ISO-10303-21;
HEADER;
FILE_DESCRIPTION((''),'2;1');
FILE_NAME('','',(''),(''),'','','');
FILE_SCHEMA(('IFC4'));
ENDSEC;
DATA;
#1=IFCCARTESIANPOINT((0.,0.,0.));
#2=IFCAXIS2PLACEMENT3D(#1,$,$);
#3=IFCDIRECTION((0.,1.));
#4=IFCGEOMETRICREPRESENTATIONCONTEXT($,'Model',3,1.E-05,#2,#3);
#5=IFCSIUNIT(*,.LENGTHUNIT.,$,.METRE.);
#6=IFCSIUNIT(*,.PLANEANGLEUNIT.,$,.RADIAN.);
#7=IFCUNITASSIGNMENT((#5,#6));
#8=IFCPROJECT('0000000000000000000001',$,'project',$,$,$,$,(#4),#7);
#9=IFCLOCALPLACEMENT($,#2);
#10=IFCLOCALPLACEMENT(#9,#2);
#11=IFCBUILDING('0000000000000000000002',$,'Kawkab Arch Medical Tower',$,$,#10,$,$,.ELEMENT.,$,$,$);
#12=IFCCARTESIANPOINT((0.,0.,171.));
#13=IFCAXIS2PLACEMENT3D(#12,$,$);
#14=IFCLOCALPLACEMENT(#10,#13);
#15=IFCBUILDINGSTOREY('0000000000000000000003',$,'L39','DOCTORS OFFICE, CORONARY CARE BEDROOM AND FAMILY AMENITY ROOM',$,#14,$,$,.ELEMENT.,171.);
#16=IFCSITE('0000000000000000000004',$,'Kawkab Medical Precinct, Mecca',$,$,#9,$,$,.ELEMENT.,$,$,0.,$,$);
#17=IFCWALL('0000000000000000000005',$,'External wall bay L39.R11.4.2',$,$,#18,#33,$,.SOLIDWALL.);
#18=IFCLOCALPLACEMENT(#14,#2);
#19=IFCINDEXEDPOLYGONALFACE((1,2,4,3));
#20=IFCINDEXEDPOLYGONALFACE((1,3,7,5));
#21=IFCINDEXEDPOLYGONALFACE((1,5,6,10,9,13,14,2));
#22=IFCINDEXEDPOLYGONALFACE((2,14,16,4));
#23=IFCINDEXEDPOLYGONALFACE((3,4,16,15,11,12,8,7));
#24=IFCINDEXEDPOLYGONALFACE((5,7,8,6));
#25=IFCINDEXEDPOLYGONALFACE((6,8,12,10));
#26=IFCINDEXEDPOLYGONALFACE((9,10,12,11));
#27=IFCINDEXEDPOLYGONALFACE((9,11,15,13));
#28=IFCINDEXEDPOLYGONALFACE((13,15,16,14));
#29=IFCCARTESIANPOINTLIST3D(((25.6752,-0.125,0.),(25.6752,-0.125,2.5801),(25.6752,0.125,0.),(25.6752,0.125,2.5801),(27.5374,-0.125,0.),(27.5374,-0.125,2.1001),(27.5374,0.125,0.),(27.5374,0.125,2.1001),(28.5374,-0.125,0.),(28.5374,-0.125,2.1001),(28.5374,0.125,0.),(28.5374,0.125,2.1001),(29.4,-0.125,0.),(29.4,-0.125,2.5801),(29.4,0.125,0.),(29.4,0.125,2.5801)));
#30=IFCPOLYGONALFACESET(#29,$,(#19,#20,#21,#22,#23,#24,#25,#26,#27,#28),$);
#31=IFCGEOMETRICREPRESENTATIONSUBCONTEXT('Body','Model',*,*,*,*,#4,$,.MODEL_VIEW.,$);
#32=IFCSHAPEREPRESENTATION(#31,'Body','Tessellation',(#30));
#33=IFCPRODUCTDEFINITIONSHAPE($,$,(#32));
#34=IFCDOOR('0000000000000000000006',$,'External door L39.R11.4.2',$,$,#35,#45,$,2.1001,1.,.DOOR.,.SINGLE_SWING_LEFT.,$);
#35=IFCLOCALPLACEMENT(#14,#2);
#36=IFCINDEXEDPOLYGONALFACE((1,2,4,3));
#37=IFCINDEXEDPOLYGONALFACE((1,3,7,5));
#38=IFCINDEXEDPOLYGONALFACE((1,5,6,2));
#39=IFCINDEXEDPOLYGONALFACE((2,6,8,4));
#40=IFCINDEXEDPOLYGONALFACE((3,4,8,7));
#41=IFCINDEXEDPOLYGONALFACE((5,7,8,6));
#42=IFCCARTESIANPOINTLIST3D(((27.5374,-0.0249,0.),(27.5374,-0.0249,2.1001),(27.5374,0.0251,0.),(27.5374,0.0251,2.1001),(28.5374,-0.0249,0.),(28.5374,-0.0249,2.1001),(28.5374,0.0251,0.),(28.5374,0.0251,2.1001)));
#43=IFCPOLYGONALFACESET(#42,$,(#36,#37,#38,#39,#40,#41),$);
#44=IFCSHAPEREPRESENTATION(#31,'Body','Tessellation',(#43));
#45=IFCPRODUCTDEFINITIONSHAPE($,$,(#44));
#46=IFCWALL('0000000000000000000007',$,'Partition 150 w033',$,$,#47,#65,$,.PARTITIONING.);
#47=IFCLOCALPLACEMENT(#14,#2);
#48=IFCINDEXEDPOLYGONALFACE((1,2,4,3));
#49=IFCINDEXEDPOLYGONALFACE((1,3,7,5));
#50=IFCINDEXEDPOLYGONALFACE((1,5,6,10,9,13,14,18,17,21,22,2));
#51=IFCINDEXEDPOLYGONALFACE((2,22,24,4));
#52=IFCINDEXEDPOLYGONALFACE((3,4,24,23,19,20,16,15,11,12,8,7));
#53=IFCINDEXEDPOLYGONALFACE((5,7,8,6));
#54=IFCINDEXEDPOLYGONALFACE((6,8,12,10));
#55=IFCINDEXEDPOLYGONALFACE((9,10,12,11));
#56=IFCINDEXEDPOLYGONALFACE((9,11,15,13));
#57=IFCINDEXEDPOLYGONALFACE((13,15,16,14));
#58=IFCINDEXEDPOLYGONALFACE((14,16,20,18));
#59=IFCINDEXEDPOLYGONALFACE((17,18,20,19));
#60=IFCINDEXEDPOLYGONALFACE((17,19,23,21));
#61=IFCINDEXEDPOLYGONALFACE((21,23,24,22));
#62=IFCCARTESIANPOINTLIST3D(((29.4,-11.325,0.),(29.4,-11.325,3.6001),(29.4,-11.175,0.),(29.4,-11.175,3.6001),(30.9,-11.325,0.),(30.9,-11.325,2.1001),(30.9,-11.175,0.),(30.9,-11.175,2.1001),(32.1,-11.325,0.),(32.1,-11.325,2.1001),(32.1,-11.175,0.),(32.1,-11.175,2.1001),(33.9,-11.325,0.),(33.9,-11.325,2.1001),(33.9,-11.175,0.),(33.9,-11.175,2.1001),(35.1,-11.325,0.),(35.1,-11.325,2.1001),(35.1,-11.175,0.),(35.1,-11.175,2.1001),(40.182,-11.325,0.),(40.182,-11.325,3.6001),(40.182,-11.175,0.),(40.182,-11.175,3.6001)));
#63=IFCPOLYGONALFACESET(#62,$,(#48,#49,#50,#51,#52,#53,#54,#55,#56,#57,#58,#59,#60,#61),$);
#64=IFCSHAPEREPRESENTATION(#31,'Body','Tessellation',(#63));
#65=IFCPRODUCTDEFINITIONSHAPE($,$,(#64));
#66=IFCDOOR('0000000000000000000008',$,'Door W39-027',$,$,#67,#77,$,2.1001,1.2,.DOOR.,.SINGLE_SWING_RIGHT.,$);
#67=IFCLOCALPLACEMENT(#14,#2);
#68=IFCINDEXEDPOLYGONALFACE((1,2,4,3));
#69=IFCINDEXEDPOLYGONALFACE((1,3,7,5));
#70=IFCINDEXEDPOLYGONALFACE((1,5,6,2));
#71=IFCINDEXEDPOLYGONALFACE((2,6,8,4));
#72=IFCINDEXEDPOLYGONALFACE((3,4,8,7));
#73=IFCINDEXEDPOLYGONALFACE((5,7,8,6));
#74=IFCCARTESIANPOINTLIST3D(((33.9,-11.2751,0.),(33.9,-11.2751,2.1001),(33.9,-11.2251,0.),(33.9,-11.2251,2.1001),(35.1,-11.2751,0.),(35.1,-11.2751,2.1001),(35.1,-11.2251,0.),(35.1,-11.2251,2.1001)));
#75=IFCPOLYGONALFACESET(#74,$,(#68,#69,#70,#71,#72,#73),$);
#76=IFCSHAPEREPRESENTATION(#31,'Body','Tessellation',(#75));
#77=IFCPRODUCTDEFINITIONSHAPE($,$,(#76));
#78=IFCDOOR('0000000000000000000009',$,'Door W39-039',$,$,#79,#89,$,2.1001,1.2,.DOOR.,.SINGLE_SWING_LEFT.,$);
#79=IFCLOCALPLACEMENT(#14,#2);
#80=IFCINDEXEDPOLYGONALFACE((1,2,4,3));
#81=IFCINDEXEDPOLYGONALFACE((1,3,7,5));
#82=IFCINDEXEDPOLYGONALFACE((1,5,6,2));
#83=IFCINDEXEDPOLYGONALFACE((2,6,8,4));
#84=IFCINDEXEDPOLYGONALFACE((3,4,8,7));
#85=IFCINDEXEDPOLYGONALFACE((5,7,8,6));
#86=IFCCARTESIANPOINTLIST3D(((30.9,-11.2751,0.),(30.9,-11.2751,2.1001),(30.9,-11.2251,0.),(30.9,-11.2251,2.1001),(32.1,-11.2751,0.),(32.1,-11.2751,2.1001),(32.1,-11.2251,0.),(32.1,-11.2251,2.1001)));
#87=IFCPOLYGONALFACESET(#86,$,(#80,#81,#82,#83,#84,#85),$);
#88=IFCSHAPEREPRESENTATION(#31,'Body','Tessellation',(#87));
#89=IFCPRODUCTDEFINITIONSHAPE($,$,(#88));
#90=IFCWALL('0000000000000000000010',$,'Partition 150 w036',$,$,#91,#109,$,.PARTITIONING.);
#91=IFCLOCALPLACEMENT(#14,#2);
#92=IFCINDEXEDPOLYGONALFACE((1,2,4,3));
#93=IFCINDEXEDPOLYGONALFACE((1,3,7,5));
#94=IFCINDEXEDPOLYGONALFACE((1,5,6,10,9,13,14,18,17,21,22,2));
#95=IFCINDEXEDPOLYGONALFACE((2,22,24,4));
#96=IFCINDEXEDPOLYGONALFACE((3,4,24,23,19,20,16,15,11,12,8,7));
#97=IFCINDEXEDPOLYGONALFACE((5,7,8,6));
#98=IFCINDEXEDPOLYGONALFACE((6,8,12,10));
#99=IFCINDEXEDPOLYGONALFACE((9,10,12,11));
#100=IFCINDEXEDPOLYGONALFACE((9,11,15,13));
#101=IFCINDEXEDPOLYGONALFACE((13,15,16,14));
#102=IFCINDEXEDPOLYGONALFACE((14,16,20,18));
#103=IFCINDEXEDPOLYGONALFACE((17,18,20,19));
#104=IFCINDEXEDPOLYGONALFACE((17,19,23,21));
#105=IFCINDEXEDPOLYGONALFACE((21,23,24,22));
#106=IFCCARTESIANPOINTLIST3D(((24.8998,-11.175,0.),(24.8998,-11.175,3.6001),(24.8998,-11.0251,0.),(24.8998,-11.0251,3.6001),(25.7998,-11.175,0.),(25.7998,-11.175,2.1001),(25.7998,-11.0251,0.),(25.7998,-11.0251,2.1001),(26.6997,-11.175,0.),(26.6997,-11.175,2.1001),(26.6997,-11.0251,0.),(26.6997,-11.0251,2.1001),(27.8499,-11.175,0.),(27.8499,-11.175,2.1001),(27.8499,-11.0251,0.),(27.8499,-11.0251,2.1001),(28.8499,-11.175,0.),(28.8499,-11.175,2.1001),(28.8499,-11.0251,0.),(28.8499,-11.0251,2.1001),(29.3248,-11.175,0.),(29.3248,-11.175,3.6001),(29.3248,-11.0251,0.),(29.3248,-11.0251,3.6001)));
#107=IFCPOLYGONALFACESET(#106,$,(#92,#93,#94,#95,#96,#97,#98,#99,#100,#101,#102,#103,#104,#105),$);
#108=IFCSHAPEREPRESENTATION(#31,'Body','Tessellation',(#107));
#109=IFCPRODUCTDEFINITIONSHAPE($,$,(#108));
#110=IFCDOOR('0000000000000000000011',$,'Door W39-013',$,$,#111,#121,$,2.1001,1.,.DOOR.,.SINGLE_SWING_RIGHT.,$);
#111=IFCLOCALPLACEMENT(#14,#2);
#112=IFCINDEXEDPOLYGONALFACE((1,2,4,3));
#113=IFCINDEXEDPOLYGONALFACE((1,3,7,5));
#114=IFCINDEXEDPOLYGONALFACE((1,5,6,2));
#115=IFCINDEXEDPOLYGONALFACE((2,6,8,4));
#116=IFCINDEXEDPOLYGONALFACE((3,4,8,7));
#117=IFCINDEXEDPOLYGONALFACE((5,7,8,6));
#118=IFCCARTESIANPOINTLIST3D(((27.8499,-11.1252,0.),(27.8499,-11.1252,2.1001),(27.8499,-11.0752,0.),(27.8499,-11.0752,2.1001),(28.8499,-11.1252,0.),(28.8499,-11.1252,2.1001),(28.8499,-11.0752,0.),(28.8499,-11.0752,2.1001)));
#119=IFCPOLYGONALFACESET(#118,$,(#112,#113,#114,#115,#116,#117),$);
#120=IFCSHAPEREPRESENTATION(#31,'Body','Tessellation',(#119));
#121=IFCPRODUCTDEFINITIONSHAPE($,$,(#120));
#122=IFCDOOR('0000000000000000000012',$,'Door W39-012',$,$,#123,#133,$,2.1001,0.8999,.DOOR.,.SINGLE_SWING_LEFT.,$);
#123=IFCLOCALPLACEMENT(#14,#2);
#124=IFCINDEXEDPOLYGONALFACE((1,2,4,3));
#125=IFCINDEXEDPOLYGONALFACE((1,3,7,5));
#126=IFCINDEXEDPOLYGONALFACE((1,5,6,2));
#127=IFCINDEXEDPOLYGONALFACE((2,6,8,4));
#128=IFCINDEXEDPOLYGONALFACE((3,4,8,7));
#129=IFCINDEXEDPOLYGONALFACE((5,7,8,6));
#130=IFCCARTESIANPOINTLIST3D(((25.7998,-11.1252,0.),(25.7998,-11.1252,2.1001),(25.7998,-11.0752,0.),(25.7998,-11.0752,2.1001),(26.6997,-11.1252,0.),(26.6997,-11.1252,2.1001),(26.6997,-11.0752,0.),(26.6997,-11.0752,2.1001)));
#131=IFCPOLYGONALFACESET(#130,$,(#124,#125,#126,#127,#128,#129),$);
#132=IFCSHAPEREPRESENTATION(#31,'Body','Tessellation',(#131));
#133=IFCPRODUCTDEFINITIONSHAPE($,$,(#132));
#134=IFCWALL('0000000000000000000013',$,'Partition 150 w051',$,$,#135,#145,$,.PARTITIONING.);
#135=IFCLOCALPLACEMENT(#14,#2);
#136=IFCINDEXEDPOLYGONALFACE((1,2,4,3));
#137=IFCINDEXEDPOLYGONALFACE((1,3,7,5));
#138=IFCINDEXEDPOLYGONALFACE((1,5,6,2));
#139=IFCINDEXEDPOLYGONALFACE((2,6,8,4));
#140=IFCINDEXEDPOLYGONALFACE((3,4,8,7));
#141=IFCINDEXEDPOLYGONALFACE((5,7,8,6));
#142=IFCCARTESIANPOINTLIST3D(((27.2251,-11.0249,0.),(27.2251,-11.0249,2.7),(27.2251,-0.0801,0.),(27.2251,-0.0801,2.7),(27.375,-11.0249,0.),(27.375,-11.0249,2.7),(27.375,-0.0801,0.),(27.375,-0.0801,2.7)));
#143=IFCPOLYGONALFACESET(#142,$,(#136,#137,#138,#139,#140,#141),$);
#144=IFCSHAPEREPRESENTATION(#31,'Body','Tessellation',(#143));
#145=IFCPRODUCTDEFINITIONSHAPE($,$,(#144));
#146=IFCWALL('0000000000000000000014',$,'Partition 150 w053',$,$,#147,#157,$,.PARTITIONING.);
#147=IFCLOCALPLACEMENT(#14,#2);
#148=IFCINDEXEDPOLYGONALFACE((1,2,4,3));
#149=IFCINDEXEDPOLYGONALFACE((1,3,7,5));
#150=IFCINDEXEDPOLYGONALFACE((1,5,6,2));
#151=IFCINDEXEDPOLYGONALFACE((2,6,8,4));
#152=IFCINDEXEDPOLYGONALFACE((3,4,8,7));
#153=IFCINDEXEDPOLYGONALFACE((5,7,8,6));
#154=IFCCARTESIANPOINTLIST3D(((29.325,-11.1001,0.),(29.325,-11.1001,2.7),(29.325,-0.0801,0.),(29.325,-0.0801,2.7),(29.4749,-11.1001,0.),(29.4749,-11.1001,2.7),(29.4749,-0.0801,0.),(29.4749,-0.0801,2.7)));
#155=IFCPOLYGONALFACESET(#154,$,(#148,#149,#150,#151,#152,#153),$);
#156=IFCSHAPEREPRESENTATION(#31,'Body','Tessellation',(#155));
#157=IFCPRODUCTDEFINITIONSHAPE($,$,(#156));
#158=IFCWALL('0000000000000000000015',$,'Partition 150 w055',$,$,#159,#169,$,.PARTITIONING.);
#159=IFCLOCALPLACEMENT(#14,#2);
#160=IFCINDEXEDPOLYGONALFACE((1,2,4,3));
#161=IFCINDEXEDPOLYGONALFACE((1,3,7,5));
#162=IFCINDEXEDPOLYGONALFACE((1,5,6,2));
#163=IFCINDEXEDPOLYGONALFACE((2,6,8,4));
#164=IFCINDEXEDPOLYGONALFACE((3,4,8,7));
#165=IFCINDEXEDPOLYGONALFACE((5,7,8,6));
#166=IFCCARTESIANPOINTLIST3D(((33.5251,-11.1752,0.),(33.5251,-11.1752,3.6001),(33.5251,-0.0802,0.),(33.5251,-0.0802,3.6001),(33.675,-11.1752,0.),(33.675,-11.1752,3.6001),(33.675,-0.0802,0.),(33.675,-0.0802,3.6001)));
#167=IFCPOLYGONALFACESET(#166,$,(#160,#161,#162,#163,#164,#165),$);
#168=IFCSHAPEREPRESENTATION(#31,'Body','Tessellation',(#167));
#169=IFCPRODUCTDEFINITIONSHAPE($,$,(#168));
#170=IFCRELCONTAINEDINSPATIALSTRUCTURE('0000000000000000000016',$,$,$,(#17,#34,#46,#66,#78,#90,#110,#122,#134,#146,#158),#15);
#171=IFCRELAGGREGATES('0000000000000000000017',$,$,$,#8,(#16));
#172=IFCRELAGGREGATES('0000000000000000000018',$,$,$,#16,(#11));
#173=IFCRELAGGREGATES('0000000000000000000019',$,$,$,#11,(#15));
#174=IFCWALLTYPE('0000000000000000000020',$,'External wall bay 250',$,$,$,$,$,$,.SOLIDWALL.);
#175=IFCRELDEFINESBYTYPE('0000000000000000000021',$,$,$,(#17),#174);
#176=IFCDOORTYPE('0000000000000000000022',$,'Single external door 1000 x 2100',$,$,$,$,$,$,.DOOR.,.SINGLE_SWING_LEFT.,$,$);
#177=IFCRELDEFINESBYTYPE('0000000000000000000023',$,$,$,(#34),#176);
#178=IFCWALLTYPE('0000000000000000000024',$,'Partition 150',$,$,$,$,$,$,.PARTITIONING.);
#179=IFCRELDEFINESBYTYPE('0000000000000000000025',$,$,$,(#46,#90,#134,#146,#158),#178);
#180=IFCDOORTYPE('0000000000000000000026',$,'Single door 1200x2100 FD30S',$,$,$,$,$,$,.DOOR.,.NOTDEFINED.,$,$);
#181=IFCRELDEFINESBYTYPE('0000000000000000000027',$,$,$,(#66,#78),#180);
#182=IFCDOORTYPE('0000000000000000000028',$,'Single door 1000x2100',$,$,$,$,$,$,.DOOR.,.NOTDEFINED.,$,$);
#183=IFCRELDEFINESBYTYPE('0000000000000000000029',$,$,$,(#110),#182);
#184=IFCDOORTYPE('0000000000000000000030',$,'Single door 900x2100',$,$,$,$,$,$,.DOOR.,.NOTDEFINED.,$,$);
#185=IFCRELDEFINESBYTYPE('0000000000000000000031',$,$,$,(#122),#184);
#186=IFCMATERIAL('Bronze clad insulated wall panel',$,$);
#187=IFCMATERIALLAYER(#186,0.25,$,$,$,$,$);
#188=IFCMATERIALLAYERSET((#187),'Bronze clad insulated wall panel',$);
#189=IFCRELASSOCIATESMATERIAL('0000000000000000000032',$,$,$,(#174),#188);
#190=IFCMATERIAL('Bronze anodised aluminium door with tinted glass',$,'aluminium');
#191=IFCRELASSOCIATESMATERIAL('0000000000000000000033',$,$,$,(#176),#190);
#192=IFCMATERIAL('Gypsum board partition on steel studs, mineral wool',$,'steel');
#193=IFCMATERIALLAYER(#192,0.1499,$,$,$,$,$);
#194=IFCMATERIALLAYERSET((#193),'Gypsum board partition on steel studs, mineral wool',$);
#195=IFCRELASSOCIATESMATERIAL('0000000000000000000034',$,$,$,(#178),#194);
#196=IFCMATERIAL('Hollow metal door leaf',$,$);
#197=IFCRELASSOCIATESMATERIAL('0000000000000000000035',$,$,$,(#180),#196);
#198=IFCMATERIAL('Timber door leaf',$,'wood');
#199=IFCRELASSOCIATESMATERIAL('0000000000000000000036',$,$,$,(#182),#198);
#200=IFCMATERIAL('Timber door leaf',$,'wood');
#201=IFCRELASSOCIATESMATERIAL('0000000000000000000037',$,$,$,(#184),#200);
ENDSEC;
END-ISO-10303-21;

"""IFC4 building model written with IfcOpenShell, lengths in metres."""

from ifc_helpers import new_model, si_unit, direction, frame, frame_2d, origin, place, context, subcontext, project, spatial, rectangle, extrude, material, layer, layer_set, type_object, element, fill, save


model = new_model("IFC4")

# Units and contexts
model_context = context("Model", 3, precision=1e-05, world=origin(), true_north=direction((0.0, 1.0)))
body_context = subcontext(model_context, "Body", "Model", "MODEL_VIEW")
ifc_project = project(units=[si_unit("LENGTHUNIT", "METRE"), si_unit("PLANEANGLEUNIT", "RADIAN")], contexts=[model_context])

# Site, building, storey
site_placement = place(None, origin())
site = spatial("IfcSite", under=ifc_project, at=site_placement, Name="Kawkab Medical Precinct, Mecca", CompositionType="ELEMENT", RefElevation=0.0)
building_placement = place(site_placement, origin())
building = spatial("IfcBuilding", under=site, at=building_placement, Name="Kawkab Arch Medical Tower", CompositionType="ELEMENT")
storey_placement = place(building_placement, frame((0.0, 0.0, 171.0)))
storey = spatial("IfcBuildingStorey", under=building, at=storey_placement, Name="L39", Description="DOCTORS OFFICE, CORONARY CARE BEDROOM AND FAMILY AMENITY ROOM", CompositionType="ELEMENT", Elevation=171.0)

# Wall, opening, door
ifc_material_1 = material(Name="Bronze clad insulated wall panel")
ifc_layer_1 = layer(ifc_material_1, 0.25)
ifc_layer_set_1 = layer_set([ifc_layer_1], Name="Bronze clad insulated wall panel")
wall_type_1 = type_object("IfcWallType", Name="External wall bay 250", PredefinedType="SOLIDWALL", material=ifc_layer_set_1)
wall_1_placement = place(storey_placement, frame((29.3999, 0.0, 0.0), z_axis=(0.0, 0.0, 1.0), x_axis=(-1.0, 0.0, 0.0)))
wall_1 = element("IfcWall", 1, at=wall_1_placement, inside=storey, type_object=wall_type_1, Name="External wall bay L39.R11.4.2", PredefinedType="SOLIDWALL", context=body_context, shape_type="SweptSolid", body=[
    extrude(rectangle(XDim=3.7249, YDim=0.25, at=frame_2d((1.8623, 0.0))), origin(), (0.0, 0.0, 1.0), 2.5801),
])
opening_1_placement = place(wall_1_placement, frame((0.8625, 0.0, 0.0)))
opening_1 = element("IfcOpeningElement", 2, at=opening_1_placement, cuts=wall_1, PredefinedType="OPENING", context=body_context, shape_type="SweptSolid", body=[
    extrude(rectangle(XDim=1.0, YDim=2.1001, at=frame_2d((0.5, 1.05))), frame((0.0, 0.135, 0.0), z_axis=(0.0, -1.0, 0.0), x_axis=(1.0, 0.0, 0.0)), (0.0, 0.0, 1.0), 0.27),
])
ifc_material_2 = material(Name="Bronze anodised aluminium door with tinted glass", Category="aluminium")
door_type_1 = type_object("IfcDoorType", Name="Single external door 1000 x 2100", OperationType="SINGLE_SWING_LEFT", PredefinedType="DOOR", material=ifc_material_2)
door_1_placement = place(opening_1_placement, origin())
door_1 = element("IfcDoor", 3, at=door_1_placement, inside=storey, type_object=door_type_1, Name="External door L39.R11.4.2", OperationType="SINGLE_SWING_LEFT", OverallHeight=2.1001, OverallWidth=1.0, PredefinedType="DOOR", context=body_context, shape_type="SweptSolid", body=[
    extrude(rectangle(XDim=1.0, YDim=2.1001, at=frame_2d((0.5, 1.05))), frame((0.0, 0.0249, 0.0), z_axis=(0.0, -1.0, 0.0), x_axis=(1.0, 0.0, 0.0)), (0.0, 0.0, 1.0), 0.05),
])
fill(opening_1, door_1)

# Walls, openings, doors
ifc_material_3 = material(Name="Gypsum board partition on steel studs, mineral wool", Category="steel")
ifc_layer_2 = layer(ifc_material_3, 0.1499)
ifc_layer_set_2 = layer_set([ifc_layer_2], Name="Gypsum board partition on steel studs, mineral wool")
wall_type_2 = type_object("IfcWallType", Name="Partition 150", PredefinedType="PARTITIONING", material=ifc_layer_set_2)
wall_2_placement = place(storey_placement, frame((29.3999, -11.25, 0.0), z_axis=(0.0, 0.0, 1.0), x_axis=(1.0, 0.0, 0.0)))
wall_2 = element("IfcWall", 4, at=wall_2_placement, inside=storey, type_object=wall_type_2, Name="Partition 150 w033", PredefinedType="PARTITIONING", context=body_context, shape_type="SweptSolid", body=[
    extrude(rectangle(XDim=10.782, YDim=0.1499, at=frame_2d((5.3911, 0.0))), origin(), (0.0, 0.0, 1.0), 3.6001),
])
opening_2_placement = place(wall_2_placement, frame((4.5, 0.0, 0.0)))
opening_2 = element("IfcOpeningElement", 5, at=opening_2_placement, cuts=wall_2, PredefinedType="OPENING", context=body_context, shape_type="SweptSolid", body=[
    extrude(rectangle(XDim=1.2, YDim=2.1001, at=frame_2d((0.6001, 1.05))), frame((0.0, 0.085, 0.0), z_axis=(0.0, -1.0, 0.0), x_axis=(1.0, 0.0, 0.0)), (0.0, 0.0, 1.0), 0.1699),
])
opening_3_placement = place(wall_2_placement, frame((1.5, 0.0, 0.0)))
opening_3 = element("IfcOpeningElement", 6, at=opening_3_placement, cuts=wall_2, PredefinedType="OPENING", context=body_context, shape_type="SweptSolid", body=[
    extrude(rectangle(XDim=1.2, YDim=2.1001, at=frame_2d((0.6001, 1.05))), frame((0.0, 0.085, 0.0), z_axis=(0.0, -1.0, 0.0), x_axis=(1.0, 0.0, 0.0)), (0.0, 0.0, 1.0), 0.1699),
])
ifc_material_4 = material(Name="Hollow metal door leaf")
door_type_2 = type_object("IfcDoorType", Name="Single door 1200x2100 FD30S", OperationType="NOTDEFINED", PredefinedType="DOOR", material=ifc_material_4)
door_2_placement = place(opening_2_placement, origin())
door_2 = element("IfcDoor", 7, at=door_2_placement, inside=storey, type_object=door_type_2, Name="Door W39-027", OperationType="SINGLE_SWING_RIGHT", OverallHeight=2.1001, OverallWidth=1.2, PredefinedType="DOOR", context=body_context, shape_type="SweptSolid", body=[
    extrude(rectangle(XDim=1.2, YDim=2.1001, at=frame_2d((0.6001, 1.05))), frame((0.0, 0.0249, 0.0), z_axis=(0.0, -1.0, 0.0), x_axis=(1.0, 0.0, 0.0)), (0.0, 0.0, 1.0), 0.05),
])
fill(opening_2, door_2)
door_3_placement = place(opening_3_placement, origin())
door_3 = element("IfcDoor", 8, at=door_3_placement, inside=storey, type_object=door_type_2, Name="Door W39-039", OperationType="SINGLE_SWING_LEFT", OverallHeight=2.1001, OverallWidth=1.2, PredefinedType="DOOR", context=body_context, shape_type="SweptSolid", body=[
    extrude(rectangle(XDim=1.2, YDim=2.1001, at=frame_2d((0.6001, 1.05))), frame((0.0, 0.0249, 0.0), z_axis=(0.0, -1.0, 0.0), x_axis=(1.0, 0.0, 0.0)), (0.0, 0.0, 1.0), 0.05),
])
fill(opening_3, door_3)
wall_3_placement = place(storey_placement, frame((24.8999, -11.1001, 0.0), z_axis=(0.0, 0.0, 1.0), x_axis=(1.0, 0.0, 0.0)))
wall_3 = element("IfcWall", 9, at=wall_3_placement, inside=storey, type_object=wall_type_2, Name="Partition 150 w036", PredefinedType="PARTITIONING", context=body_context, shape_type="SweptSolid", body=[
    extrude(rectangle(XDim=4.425, YDim=0.1499, at=frame_2d((2.2124, 0.0))), origin(), (0.0, 0.0, 1.0), 3.6001),
])
opening_4_placement = place(wall_3_placement, frame((0.8999, 0.0, 0.0)))
opening_4 = element("IfcOpeningElement", 10, at=opening_4_placement, cuts=wall_3, PredefinedType="OPENING", context=body_context, shape_type="SweptSolid", body=[
    extrude(rectangle(XDim=0.8999, YDim=2.1001, at=frame_2d((0.45, 1.05))), frame((0.0, 0.085, 0.0), z_axis=(0.0, -1.0, 0.0), x_axis=(1.0, 0.0, 0.0)), (0.0, 0.0, 1.0), 0.1699),
])
opening_5_placement = place(wall_3_placement, frame((2.95, 0.0, 0.0)))
opening_5 = element("IfcOpeningElement", 11, at=opening_5_placement, cuts=wall_3, PredefinedType="OPENING", context=body_context, shape_type="SweptSolid", body=[
    extrude(rectangle(XDim=1.0, YDim=2.1001, at=frame_2d((0.5, 1.05))), frame((0.0, 0.085, 0.0), z_axis=(0.0, -1.0, 0.0), x_axis=(1.0, 0.0, 0.0)), (0.0, 0.0, 1.0), 0.1699),
])
ifc_material_5 = material(Name="Timber door leaf", Category="wood")
door_type_3 = type_object("IfcDoorType", Name="Single door 1000x2100", OperationType="NOTDEFINED", PredefinedType="DOOR", material=ifc_material_5)
door_4_placement = place(opening_5_placement, origin())
door_4 = element("IfcDoor", 12, at=door_4_placement, inside=storey, type_object=door_type_3, Name="Door W39-013", OperationType="SINGLE_SWING_RIGHT", OverallHeight=2.1001, OverallWidth=1.0, PredefinedType="DOOR", context=body_context, shape_type="SweptSolid", body=[
    extrude(rectangle(XDim=1.0, YDim=2.1001, at=frame_2d((0.5, 1.05))), frame((0.0, 0.0249, 0.0), z_axis=(0.0, -1.0, 0.0), x_axis=(1.0, 0.0, 0.0)), (0.0, 0.0, 1.0), 0.05),
])
fill(opening_5, door_4)
ifc_material_6 = material(Name="Timber door leaf", Category="wood")
door_type_4 = type_object("IfcDoorType", Name="Single door 900x2100", OperationType="NOTDEFINED", PredefinedType="DOOR", material=ifc_material_6)
door_5_placement = place(opening_4_placement, origin())
door_5 = element("IfcDoor", 13, at=door_5_placement, inside=storey, type_object=door_type_4, Name="Door W39-012", OperationType="SINGLE_SWING_LEFT", OverallHeight=2.1001, OverallWidth=0.8999, PredefinedType="DOOR", context=body_context, shape_type="SweptSolid", body=[
    extrude(rectangle(XDim=0.8999, YDim=2.1001, at=frame_2d((0.45, 1.05))), frame((0.0, 0.0249, 0.0), z_axis=(0.0, -1.0, 0.0), x_axis=(1.0, 0.0, 0.0)), (0.0, 0.0, 1.0), 0.05),
])
fill(opening_4, door_5)

# Walls
wall_4_placement = place(storey_placement, frame((27.3, -11.0249, 0.0), z_axis=(0.0, 0.0, 1.0), x_axis=(0.0, 1.0, 0.0)))
element("IfcWall", 14, at=wall_4_placement, inside=storey, type_object=wall_type_2, Name="Partition 150 w051", PredefinedType="PARTITIONING", context=body_context, shape_type="SweptSolid", body=[
    extrude(rectangle(XDim=10.9448, YDim=0.1499, at=frame_2d((5.4724, 0.0))), origin(), (0.0, 0.0, 1.0), 2.7),
])
wall_5_placement = place(storey_placement, frame((29.3999, -11.1001, 0.0), z_axis=(0.0, 0.0, 1.0), x_axis=(0.0, 1.0, 0.0)))
element("IfcWall", 15, at=wall_5_placement, inside=storey, type_object=wall_type_2, Name="Partition 150 w053", PredefinedType="PARTITIONING", context=body_context, shape_type="SweptSolid", body=[
    extrude(rectangle(XDim=11.02, YDim=0.1499, at=frame_2d((5.51, 0.0))), origin(), (0.0, 0.0, 1.0), 2.7),
])
wall_6_placement = place(storey_placement, frame((33.6001, -11.175, 0.0), z_axis=(0.0, 0.0, 1.0), x_axis=(0.0, 1.0, 0.0)))
element("IfcWall", 16, at=wall_6_placement, inside=storey, type_object=wall_type_2, Name="Partition 150 w055", PredefinedType="PARTITIONING", context=body_context, shape_type="SweptSolid", body=[
    extrude(rectangle(XDim=11.095, YDim=0.1499, at=frame_2d((5.5474, 0.0))), origin(), (0.0, 0.0, 1.0), 3.6001),
])

save(model, "model.ifc")
